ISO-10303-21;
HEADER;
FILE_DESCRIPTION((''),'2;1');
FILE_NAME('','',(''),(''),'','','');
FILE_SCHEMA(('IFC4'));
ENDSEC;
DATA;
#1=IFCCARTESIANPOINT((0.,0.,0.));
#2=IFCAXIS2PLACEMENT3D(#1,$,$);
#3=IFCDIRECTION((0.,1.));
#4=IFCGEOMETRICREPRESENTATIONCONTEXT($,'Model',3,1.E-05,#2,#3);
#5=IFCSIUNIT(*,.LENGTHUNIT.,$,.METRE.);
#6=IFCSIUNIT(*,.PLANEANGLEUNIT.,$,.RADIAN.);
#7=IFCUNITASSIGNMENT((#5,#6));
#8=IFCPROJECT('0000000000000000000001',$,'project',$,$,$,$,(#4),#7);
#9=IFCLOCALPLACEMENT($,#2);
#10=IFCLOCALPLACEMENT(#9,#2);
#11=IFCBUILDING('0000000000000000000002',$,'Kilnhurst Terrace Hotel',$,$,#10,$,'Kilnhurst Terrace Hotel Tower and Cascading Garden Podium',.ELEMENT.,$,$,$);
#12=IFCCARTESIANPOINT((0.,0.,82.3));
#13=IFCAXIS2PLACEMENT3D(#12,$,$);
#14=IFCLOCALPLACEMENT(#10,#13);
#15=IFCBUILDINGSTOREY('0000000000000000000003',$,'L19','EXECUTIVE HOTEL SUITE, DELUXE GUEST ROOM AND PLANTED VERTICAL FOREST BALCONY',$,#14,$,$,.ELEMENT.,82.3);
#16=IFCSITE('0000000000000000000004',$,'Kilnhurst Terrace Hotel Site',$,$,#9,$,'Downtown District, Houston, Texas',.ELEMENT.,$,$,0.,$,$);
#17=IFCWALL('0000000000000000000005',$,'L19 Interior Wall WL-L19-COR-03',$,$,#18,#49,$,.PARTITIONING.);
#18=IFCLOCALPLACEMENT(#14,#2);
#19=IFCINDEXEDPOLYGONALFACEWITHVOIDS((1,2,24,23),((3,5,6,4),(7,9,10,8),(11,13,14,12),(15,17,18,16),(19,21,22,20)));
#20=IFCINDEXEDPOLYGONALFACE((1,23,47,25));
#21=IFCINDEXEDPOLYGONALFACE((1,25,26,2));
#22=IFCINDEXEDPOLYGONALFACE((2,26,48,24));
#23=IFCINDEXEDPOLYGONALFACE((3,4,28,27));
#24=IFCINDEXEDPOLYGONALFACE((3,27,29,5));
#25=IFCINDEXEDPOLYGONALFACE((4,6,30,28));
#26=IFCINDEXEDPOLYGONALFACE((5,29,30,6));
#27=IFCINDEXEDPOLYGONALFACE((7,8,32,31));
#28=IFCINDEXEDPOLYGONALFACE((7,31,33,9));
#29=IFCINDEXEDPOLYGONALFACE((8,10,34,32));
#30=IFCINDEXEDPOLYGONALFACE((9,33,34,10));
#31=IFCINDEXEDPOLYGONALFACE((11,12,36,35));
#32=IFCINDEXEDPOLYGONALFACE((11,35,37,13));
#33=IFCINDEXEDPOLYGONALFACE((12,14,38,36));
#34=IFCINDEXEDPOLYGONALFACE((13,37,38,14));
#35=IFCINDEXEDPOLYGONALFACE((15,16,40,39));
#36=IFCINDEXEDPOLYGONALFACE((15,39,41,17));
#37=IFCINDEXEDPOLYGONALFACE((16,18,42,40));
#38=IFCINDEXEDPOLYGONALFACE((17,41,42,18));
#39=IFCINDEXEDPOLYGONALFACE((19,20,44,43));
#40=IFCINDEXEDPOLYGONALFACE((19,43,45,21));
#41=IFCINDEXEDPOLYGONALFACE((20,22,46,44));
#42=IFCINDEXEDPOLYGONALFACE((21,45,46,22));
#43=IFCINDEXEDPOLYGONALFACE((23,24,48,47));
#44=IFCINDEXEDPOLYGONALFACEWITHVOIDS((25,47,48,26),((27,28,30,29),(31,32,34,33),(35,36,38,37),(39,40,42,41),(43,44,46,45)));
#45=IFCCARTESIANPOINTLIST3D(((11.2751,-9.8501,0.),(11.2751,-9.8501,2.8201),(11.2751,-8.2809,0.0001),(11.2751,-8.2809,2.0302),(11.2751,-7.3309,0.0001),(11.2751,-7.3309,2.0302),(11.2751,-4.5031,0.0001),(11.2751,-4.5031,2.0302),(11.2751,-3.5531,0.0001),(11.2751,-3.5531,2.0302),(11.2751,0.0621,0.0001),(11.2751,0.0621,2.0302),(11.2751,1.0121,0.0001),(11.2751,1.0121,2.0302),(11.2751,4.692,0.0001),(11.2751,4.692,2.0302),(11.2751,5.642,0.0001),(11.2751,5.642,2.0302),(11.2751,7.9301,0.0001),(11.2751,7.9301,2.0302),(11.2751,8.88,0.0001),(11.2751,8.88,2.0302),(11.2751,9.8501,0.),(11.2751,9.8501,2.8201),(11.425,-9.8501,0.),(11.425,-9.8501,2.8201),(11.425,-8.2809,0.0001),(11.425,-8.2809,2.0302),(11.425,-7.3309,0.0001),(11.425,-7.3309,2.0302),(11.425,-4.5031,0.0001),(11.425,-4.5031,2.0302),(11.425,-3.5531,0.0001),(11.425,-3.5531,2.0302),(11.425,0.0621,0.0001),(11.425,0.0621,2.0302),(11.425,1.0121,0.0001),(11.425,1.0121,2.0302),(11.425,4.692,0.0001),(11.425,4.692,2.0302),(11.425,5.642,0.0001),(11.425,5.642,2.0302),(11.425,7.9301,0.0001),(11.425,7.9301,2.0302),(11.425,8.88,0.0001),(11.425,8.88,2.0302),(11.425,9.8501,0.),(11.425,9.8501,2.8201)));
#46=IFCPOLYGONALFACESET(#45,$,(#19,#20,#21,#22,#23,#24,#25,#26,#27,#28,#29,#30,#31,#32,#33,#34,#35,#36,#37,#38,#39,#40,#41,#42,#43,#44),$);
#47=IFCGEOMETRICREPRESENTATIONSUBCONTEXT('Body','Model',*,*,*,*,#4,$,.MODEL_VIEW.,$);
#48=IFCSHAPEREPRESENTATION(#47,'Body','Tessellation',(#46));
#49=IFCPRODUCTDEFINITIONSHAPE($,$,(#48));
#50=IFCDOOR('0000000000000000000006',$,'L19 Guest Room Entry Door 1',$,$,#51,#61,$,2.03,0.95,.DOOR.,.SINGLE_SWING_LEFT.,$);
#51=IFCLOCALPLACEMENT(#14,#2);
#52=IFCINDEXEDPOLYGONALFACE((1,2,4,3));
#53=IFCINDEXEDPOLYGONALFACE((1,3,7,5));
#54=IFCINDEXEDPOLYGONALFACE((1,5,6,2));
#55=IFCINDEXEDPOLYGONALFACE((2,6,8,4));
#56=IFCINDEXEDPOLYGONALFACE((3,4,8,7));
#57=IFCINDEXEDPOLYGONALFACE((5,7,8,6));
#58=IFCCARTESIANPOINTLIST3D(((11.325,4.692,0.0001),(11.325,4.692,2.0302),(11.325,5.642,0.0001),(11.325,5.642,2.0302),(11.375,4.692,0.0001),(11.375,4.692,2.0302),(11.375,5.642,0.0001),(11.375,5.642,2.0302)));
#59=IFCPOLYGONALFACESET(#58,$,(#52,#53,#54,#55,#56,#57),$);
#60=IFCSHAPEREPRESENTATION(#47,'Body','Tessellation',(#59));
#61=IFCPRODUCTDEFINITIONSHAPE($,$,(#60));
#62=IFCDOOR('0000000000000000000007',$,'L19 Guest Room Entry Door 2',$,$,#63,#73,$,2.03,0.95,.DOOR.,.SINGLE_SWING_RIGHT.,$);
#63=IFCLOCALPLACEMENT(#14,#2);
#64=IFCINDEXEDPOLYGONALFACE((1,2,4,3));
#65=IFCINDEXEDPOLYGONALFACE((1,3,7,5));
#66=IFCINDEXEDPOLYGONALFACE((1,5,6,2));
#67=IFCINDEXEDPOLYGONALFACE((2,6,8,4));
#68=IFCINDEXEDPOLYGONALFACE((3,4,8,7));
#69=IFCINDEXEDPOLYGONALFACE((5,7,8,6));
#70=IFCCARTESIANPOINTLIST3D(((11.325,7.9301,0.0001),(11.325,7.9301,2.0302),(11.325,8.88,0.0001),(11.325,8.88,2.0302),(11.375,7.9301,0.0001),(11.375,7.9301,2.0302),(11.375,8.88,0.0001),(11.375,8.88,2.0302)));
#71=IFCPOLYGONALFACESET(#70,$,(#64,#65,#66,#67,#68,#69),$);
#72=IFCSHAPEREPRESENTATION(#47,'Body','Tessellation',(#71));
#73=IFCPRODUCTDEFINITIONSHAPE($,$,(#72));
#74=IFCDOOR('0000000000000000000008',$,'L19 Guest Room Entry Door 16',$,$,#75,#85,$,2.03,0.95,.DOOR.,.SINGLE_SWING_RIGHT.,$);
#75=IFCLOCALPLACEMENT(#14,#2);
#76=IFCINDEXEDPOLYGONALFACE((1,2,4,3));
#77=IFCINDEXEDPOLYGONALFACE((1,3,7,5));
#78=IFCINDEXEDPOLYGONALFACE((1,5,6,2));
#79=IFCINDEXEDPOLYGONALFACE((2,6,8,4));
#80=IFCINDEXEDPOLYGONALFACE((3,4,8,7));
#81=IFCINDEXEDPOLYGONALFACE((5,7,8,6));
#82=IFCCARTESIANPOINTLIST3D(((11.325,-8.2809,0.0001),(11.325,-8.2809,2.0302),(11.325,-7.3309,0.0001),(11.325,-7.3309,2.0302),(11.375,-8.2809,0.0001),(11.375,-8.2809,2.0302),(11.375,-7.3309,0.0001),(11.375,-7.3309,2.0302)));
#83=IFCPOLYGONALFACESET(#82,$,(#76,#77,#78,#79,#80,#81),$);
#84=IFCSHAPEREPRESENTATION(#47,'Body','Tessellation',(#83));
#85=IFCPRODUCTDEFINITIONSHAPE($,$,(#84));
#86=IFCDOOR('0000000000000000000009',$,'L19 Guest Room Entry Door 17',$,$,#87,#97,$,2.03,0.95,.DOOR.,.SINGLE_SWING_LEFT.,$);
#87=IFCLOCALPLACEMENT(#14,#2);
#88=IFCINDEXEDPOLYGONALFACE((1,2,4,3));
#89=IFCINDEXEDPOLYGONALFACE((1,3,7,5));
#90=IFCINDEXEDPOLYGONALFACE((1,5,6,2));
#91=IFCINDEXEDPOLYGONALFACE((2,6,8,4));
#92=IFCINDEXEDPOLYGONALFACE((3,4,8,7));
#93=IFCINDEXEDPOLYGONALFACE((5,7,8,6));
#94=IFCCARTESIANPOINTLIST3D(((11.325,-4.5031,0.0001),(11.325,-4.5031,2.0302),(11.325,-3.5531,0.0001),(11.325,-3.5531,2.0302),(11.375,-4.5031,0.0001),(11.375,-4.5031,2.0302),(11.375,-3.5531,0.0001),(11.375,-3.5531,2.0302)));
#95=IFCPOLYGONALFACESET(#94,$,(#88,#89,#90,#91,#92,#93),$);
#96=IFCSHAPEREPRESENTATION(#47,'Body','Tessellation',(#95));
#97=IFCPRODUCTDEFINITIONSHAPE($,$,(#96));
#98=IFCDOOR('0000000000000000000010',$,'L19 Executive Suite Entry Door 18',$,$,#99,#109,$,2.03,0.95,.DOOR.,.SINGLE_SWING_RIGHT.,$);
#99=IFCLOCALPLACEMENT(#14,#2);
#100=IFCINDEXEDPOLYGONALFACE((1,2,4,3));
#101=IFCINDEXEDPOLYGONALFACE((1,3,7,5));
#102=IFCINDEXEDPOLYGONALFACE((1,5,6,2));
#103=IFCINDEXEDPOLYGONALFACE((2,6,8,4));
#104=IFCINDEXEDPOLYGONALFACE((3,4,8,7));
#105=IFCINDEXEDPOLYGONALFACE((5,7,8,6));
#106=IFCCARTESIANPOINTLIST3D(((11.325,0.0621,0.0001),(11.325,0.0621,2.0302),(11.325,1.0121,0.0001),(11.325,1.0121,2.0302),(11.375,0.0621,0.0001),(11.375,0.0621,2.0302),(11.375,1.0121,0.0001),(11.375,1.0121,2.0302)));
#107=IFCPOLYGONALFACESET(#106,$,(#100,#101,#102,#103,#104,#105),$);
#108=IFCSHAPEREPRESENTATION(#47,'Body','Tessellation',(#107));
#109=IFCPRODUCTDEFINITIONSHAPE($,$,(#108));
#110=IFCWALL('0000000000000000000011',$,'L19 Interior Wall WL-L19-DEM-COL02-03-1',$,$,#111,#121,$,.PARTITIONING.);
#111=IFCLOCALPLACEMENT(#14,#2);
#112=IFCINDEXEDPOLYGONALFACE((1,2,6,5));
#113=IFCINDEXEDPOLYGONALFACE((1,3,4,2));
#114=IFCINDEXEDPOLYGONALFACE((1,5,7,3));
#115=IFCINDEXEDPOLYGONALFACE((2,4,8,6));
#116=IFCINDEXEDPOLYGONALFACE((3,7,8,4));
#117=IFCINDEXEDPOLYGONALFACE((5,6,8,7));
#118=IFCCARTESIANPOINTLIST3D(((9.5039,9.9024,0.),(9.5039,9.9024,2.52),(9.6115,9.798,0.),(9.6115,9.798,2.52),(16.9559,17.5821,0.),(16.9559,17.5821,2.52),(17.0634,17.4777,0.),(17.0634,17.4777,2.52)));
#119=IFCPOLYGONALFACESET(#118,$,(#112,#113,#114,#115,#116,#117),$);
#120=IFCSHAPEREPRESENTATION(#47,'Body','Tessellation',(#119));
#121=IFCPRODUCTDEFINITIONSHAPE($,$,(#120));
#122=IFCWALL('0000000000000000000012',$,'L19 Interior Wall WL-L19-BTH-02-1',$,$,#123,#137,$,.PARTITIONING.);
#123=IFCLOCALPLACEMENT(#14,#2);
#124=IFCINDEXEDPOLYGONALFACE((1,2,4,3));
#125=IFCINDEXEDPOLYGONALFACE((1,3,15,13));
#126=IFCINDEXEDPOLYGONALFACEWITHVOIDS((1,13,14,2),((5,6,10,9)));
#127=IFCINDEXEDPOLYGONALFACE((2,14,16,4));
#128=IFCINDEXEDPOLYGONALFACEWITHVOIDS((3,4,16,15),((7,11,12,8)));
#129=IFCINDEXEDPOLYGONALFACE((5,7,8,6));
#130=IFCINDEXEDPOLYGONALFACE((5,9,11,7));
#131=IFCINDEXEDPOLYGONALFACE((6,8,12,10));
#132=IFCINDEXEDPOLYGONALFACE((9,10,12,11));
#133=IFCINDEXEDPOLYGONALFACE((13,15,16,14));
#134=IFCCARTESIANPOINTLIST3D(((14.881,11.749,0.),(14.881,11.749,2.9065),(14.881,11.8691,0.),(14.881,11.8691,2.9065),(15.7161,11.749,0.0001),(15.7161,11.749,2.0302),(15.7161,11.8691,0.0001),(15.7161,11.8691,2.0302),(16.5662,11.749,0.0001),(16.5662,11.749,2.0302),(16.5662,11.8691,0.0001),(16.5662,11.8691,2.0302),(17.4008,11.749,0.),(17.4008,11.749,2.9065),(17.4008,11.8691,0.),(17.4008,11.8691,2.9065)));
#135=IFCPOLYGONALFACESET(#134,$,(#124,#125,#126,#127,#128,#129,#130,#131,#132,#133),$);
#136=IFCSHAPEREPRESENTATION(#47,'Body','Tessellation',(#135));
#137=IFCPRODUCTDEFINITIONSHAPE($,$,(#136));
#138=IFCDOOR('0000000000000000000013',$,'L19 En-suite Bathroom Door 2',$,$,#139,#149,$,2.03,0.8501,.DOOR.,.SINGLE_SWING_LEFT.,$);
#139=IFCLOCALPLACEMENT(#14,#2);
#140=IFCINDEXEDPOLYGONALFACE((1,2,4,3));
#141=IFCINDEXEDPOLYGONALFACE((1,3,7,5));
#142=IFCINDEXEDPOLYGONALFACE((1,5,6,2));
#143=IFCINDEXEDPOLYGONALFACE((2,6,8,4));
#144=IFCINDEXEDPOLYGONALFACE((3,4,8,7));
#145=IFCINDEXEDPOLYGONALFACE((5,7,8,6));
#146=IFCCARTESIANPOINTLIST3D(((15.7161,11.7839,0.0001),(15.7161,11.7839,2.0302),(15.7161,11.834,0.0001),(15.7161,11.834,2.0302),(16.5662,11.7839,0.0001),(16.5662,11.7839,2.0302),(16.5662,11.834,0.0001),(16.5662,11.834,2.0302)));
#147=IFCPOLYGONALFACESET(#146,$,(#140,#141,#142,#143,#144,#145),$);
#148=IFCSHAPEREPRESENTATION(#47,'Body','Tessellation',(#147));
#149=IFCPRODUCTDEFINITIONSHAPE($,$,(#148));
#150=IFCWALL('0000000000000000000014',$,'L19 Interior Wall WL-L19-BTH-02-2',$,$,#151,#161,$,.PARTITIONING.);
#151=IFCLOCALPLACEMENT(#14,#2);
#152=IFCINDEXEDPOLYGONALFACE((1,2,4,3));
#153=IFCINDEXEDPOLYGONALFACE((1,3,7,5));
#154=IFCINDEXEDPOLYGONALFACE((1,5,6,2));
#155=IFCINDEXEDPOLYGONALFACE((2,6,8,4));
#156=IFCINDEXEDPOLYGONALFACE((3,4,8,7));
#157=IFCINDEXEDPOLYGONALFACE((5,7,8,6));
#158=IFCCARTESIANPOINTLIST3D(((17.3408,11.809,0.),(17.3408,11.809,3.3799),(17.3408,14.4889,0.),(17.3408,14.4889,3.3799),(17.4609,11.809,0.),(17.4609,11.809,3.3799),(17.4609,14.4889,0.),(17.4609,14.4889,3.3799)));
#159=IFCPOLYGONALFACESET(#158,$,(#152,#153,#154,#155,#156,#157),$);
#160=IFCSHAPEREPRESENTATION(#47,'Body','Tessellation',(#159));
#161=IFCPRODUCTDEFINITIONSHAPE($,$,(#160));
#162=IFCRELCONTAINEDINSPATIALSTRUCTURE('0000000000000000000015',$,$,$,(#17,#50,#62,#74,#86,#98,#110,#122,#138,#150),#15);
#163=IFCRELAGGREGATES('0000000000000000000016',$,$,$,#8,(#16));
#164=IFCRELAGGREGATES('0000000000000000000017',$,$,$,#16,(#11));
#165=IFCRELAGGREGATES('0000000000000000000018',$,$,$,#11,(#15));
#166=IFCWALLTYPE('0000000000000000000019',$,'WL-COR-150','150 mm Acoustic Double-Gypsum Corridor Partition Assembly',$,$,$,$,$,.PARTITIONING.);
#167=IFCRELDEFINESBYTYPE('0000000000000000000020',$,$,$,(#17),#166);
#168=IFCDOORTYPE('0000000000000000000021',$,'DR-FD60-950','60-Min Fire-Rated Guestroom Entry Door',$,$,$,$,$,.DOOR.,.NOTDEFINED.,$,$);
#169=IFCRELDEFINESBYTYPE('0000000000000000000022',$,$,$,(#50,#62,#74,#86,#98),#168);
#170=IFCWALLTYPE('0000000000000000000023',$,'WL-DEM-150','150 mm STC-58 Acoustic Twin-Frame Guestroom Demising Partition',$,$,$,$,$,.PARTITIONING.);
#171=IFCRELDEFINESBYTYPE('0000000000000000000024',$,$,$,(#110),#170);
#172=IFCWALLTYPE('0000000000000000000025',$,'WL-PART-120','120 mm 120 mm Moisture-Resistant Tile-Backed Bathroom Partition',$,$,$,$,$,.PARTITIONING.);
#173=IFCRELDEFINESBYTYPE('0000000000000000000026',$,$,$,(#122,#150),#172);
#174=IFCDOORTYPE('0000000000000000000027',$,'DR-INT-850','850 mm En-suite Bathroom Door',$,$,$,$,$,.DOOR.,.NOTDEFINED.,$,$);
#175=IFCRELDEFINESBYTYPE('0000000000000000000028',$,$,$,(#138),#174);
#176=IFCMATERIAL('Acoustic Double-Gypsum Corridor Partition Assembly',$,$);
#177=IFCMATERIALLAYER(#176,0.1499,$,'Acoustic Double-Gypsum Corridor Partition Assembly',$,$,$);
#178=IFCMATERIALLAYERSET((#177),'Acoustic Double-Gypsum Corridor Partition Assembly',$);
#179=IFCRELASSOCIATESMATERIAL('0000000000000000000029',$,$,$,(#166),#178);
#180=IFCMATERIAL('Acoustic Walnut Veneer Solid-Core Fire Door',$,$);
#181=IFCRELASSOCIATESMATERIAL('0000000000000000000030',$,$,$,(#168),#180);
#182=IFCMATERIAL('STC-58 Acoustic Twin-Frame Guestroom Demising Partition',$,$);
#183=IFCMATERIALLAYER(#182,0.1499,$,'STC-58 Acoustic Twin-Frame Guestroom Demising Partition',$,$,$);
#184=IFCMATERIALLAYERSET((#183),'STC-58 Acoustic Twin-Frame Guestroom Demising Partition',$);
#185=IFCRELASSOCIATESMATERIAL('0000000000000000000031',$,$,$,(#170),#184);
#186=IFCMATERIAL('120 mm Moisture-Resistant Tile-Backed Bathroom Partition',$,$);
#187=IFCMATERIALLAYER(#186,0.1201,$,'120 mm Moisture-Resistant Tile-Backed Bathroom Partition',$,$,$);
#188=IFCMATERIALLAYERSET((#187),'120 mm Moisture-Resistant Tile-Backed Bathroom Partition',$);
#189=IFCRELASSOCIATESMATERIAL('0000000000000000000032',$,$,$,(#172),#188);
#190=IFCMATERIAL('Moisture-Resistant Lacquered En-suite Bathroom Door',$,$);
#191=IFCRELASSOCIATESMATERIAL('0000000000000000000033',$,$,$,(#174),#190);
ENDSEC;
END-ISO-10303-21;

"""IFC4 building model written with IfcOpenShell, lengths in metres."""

from ifc_helpers import new_model, si_unit, direction, frame, frame_2d, origin, place, context, subcontext, project, spatial, rectangle, extrude, material, layer, layer_set, type_object, element, fill, save


model = new_model("IFC4")

# Units and contexts
model_context = context("Model", 3, precision=1e-05, world=origin(), true_north=direction((0.0, 1.0)))
body_context = subcontext(model_context, "Body", "Model", "MODEL_VIEW")
ifc_project = project(units=[si_unit("LENGTHUNIT", "METRE"), si_unit("PLANEANGLEUNIT", "RADIAN")], contexts=[model_context])

# Site, building, storey
site_placement = place(None, origin())
site = spatial("IfcSite", under=ifc_project, at=site_placement, Name="Kilnhurst Terrace Hotel Site", LongName="Downtown District, Houston, Texas", CompositionType="ELEMENT", RefElevation=0.0)
building_placement = place(site_placement, origin())
building = spatial("IfcBuilding", under=site, at=building_placement, Name="Kilnhurst Terrace Hotel", LongName="Kilnhurst Terrace Hotel Tower and Cascading Garden Podium", CompositionType="ELEMENT")
storey_placement = place(building_placement, frame((0.0, 0.0, 82.3)))
storey = spatial("IfcBuildingStorey", under=building, at=storey_placement, Name="L19", Description="EXECUTIVE HOTEL SUITE, DELUXE GUEST ROOM AND PLANTED VERTICAL FOREST BALCONY", CompositionType="ELEMENT", Elevation=82.3)

# Wall, openings, doors
ifc_material_1 = material(Name="Acoustic Double-Gypsum Corridor Partition Assembly")
ifc_layer_1 = layer(ifc_material_1, 0.1499, Name="Acoustic Double-Gypsum Corridor Partition Assembly")
ifc_layer_set_1 = layer_set([ifc_layer_1], Name="Acoustic Double-Gypsum Corridor Partition Assembly")
wall_type_1 = type_object("IfcWallType", Name="WL-COR-150", Description="150 mm Acoustic Double-Gypsum Corridor Partition Assembly", PredefinedType="PARTITIONING", material=ifc_layer_set_1)
wall_1_placement = place(storey_placement, frame((11.3501, 9.8501, 0.0), z_axis=(0.0, 0.0, 1.0), x_axis=(0.0, -1.0, 0.0)))
wall_1 = element("IfcWall", 1, at=wall_1_placement, inside=storey, type_object=wall_type_1, Name="L19 Interior Wall WL-L19-COR-03", PredefinedType="PARTITIONING", context=body_context, shape_type="SweptSolid", body=[
    extrude(rectangle(XDim=19.7002, YDim=0.1499, at=frame_2d((9.8501, 0.0))), origin(), (0.0, 0.0, 1.0), 2.8201),
])
opening_1_placement = place(wall_1_placement, frame((4.208, 0.0, 0.0)))
opening_1 = element("IfcOpeningElement", 2, at=opening_1_placement, cuts=wall_1, PredefinedType="OPENING", context=body_context, shape_type="SweptSolid", body=[
    extrude(rectangle(XDim=0.95, YDim=2.03, at=frame_2d((0.4751, 1.0151))), frame((0.0, 0.085, 0.0), z_axis=(0.0, -1.0, 0.0), x_axis=(1.0, 0.0, 0.0)), (0.0, 0.0, 1.0), 0.1699),
])
opening_2_placement = place(wall_1_placement, frame((0.97, 0.0, 0.0)))
opening_2 = element("IfcOpeningElement", 3, at=opening_2_placement, cuts=wall_1, PredefinedType="OPENING", context=body_context, shape_type="SweptSolid", body=[
    extrude(rectangle(XDim=0.95, YDim=2.03, at=frame_2d((0.4751, 1.0151))), frame((0.0, 0.085, 0.0), z_axis=(0.0, -1.0, 0.0), x_axis=(1.0, 0.0, 0.0)), (0.0, 0.0, 1.0), 0.1699),
])
opening_3_placement = place(wall_1_placement, frame((17.1809, 0.0, 0.0)))
opening_3 = element("IfcOpeningElement", 4, at=opening_3_placement, cuts=wall_1, PredefinedType="OPENING", context=body_context, shape_type="SweptSolid", body=[
    extrude(rectangle(XDim=0.95, YDim=2.03, at=frame_2d((0.4751, 1.0151))), frame((0.0, 0.085, 0.0), z_axis=(0.0, -1.0, 0.0), x_axis=(1.0, 0.0, 0.0)), (0.0, 0.0, 1.0), 0.1699),
])
opening_4_placement = place(wall_1_placement, frame((13.4031, 0.0, 0.0)))
opening_4 = element("IfcOpeningElement", 5, at=opening_4_placement, cuts=wall_1, PredefinedType="OPENING", context=body_context, shape_type="SweptSolid", body=[
    extrude(rectangle(XDim=0.95, YDim=2.03, at=frame_2d((0.4751, 1.0151))), frame((0.0, 0.085, 0.0), z_axis=(0.0, -1.0, 0.0), x_axis=(1.0, 0.0, 0.0)), (0.0, 0.0, 1.0), 0.1699),
])
opening_5_placement = place(wall_1_placement, frame((8.8379, 0.0, 0.0)))
opening_5 = element("IfcOpeningElement", 6, at=opening_5_placement, cuts=wall_1, PredefinedType="OPENING", context=body_context, shape_type="SweptSolid", body=[
    extrude(rectangle(XDim=0.95, YDim=2.03, at=frame_2d((0.4751, 1.0151))), frame((0.0, 0.085, 0.0), z_axis=(0.0, -1.0, 0.0), x_axis=(1.0, 0.0, 0.0)), (0.0, 0.0, 1.0), 0.1699),
])
ifc_material_2 = material(Name="Acoustic Walnut Veneer Solid-Core Fire Door")
door_type_1 = type_object("IfcDoorType", Name="DR-FD60-950", Description="60-Min Fire-Rated Guestroom Entry Door", OperationType="NOTDEFINED", PredefinedType="DOOR", material=ifc_material_2)
door_1_placement = place(opening_1_placement, origin())
door_1 = element("IfcDoor", 7, at=door_1_placement, inside=storey, type_object=door_type_1, Name="L19 Guest Room Entry Door 1", OperationType="SINGLE_SWING_LEFT", OverallHeight=2.03, OverallWidth=0.95, PredefinedType="DOOR", context=body_context, shape_type="SweptSolid", body=[
    extrude(rectangle(XDim=0.95, YDim=2.03, at=frame_2d((0.4751, 1.0151))), frame((0.0, 0.0249, 0.0), z_axis=(0.0, -1.0, 0.0), x_axis=(1.0, 0.0, 0.0)), (0.0, 0.0, 1.0), 0.05),
])
fill(opening_1, door_1)
door_2_placement = place(opening_2_placement, origin())
door_2 = element("IfcDoor", 8, at=door_2_placement, inside=storey, type_object=door_type_1, Name="L19 Guest Room Entry Door 2", OperationType="SINGLE_SWING_RIGHT", OverallHeight=2.03, OverallWidth=0.95, PredefinedType="DOOR", context=body_context, shape_type="SweptSolid", body=[
    extrude(rectangle(XDim=0.95, YDim=2.03, at=frame_2d((0.4751, 1.0151))), frame((0.0, 0.0249, 0.0), z_axis=(0.0, -1.0, 0.0), x_axis=(1.0, 0.0, 0.0)), (0.0, 0.0, 1.0), 0.05),
])
fill(opening_2, door_2)
door_3_placement = place(opening_3_placement, origin())
door_3 = element("IfcDoor", 9, at=door_3_placement, inside=storey, type_object=door_type_1, Name="L19 Guest Room Entry Door 16", OperationType="SINGLE_SWING_RIGHT", OverallHeight=2.03, OverallWidth=0.95, PredefinedType="DOOR", context=body_context, shape_type="SweptSolid", body=[
    extrude(rectangle(XDim=0.95, YDim=2.03, at=frame_2d((0.4751, 1.0151))), frame((0.0, 0.0249, 0.0), z_axis=(0.0, -1.0, 0.0), x_axis=(1.0, 0.0, 0.0)), (0.0, 0.0, 1.0), 0.05),
])
fill(opening_3, door_3)
door_4_placement = place(opening_4_placement, origin())
door_4 = element("IfcDoor", 10, at=door_4_placement, inside=storey, type_object=door_type_1, Name="L19 Guest Room Entry Door 17", OperationType="SINGLE_SWING_LEFT", OverallHeight=2.03, OverallWidth=0.95, PredefinedType="DOOR", context=body_context, shape_type="SweptSolid", body=[
    extrude(rectangle(XDim=0.95, YDim=2.03, at=frame_2d((0.4751, 1.0151))), frame((0.0, 0.0249, 0.0), z_axis=(0.0, -1.0, 0.0), x_axis=(1.0, 0.0, 0.0)), (0.0, 0.0, 1.0), 0.05),
])
fill(opening_4, door_4)
door_5_placement = place(opening_5_placement, origin())
door_5 = element("IfcDoor", 11, at=door_5_placement, inside=storey, type_object=door_type_1, Name="L19 Executive Suite Entry Door 18", OperationType="SINGLE_SWING_RIGHT", OverallHeight=2.03, OverallWidth=0.95, PredefinedType="DOOR", context=body_context, shape_type="SweptSolid", body=[
    extrude(rectangle(XDim=0.95, YDim=2.03, at=frame_2d((0.4751, 1.0151))), frame((0.0, 0.0249, 0.0), z_axis=(0.0, -1.0, 0.0), x_axis=(1.0, 0.0, 0.0)), (0.0, 0.0, 1.0), 0.05),
])
fill(opening_5, door_5)

# Wall
ifc_material_3 = material(Name="STC-58 Acoustic Twin-Frame Guestroom Demising Partition")
ifc_layer_2 = layer(ifc_material_3, 0.1499, Name="STC-58 Acoustic Twin-Frame Guestroom Demising Partition")
ifc_layer_set_2 = layer_set([ifc_layer_2], Name="STC-58 Acoustic Twin-Frame Guestroom Demising Partition")
wall_type_2 = type_object("IfcWallType", Name="WL-DEM-150", Description="150 mm STC-58 Acoustic Twin-Frame Guestroom Demising Partition", PredefinedType="PARTITIONING", material=ifc_layer_set_2)
wall_2_placement = place(storey_placement, frame((9.5576, 9.8501, 0.0), z_axis=(0.0, 0.0, 1.0), x_axis=(0.696383, 0.71767, 0.0)))
element("IfcWall", 12, at=wall_2_placement, inside=storey, type_object=wall_type_2, Name="L19 Interior Wall WL-L19-DEM-COL02-03-1", PredefinedType="PARTITIONING", context=body_context, shape_type="SweptSolid", body=[
    extrude(rectangle(XDim=10.7009, YDim=0.1499, at=frame_2d((5.3506, 0.0))), origin(), (0.0, 0.0, 1.0), 2.52),
])

# Wall, opening, door
ifc_material_4 = material(Name="120 mm Moisture-Resistant Tile-Backed Bathroom Partition")
ifc_layer_3 = layer(ifc_material_4, 0.1201, Name="120 mm Moisture-Resistant Tile-Backed Bathroom Partition")
ifc_layer_set_3 = layer_set([ifc_layer_3], Name="120 mm Moisture-Resistant Tile-Backed Bathroom Partition")
wall_type_3 = type_object("IfcWallType", Name="WL-PART-120", Description="120 mm 120 mm Moisture-Resistant Tile-Backed Bathroom Partition", PredefinedType="PARTITIONING", material=ifc_layer_set_3)
wall_3_placement = place(storey_placement, frame((14.8811, 11.8091, 0.0), z_axis=(0.0, 0.0, 1.0), x_axis=(1.0, 0.0, 0.0)))
wall_3 = element("IfcWall", 13, at=wall_3_placement, inside=storey, type_object=wall_type_3, Name="L19 Interior Wall WL-L19-BTH-02-1", PredefinedType="PARTITIONING", context=body_context, shape_type="SweptSolid", body=[
    extrude(rectangle(XDim=2.5198, YDim=0.1201, at=frame_2d((1.2598, 0.0))), origin(), (0.0, 0.0, 1.0), 2.9065),
])
opening_6_placement = place(wall_3_placement, frame((0.835, 0.0, 0.0)))
opening_6 = element("IfcOpeningElement", 14, at=opening_6_placement, cuts=wall_3, PredefinedType="OPENING", context=body_context, shape_type="SweptSolid", body=[
    extrude(rectangle(XDim=0.8501, YDim=2.03, at=frame_2d((0.425, 1.0151))), frame((0.0, 0.0701, 0.0), z_axis=(0.0, -1.0, 0.0), x_axis=(1.0, 0.0, 0.0)), (0.0, 0.0, 1.0), 0.1401),
])
ifc_material_5 = material(Name="Moisture-Resistant Lacquered En-suite Bathroom Door")
door_type_2 = type_object("IfcDoorType", Name="DR-INT-850", Description="850 mm En-suite Bathroom Door", OperationType="NOTDEFINED", PredefinedType="DOOR", material=ifc_material_5)
door_6_placement = place(opening_6_placement, origin())
door_6 = element("IfcDoor", 15, at=door_6_placement, inside=storey, type_object=door_type_2, Name="L19 En-suite Bathroom Door 2", OperationType="SINGLE_SWING_LEFT", OverallHeight=2.03, OverallWidth=0.8501, PredefinedType="DOOR", context=body_context, shape_type="SweptSolid", body=[
    extrude(rectangle(XDim=0.8501, YDim=2.03, at=frame_2d((0.425, 1.0151))), frame((0.0, 0.0249, 0.0), z_axis=(0.0, -1.0, 0.0), x_axis=(1.0, 0.0, 0.0)), (0.0, 0.0, 1.0), 0.05),
])
fill(opening_6, door_6)

# Wall
wall_4_placement = place(storey_placement, frame((17.4009, 11.8091, 0.0), z_axis=(0.0, 0.0, 1.0), x_axis=(0.0, 1.0, 0.0)))
element("IfcWall", 16, at=wall_4_placement, inside=storey, type_object=wall_type_3, Name="L19 Interior Wall WL-L19-BTH-02-2", PredefinedType="PARTITIONING", context=body_context, shape_type="SweptSolid", body=[
    extrude(rectangle(XDim=2.6799, YDim=0.1201, at=frame_2d((1.3398, 0.0))), origin(), (0.0, 0.0, 1.0), 3.3799),
])

save(model, "model.ifc")
